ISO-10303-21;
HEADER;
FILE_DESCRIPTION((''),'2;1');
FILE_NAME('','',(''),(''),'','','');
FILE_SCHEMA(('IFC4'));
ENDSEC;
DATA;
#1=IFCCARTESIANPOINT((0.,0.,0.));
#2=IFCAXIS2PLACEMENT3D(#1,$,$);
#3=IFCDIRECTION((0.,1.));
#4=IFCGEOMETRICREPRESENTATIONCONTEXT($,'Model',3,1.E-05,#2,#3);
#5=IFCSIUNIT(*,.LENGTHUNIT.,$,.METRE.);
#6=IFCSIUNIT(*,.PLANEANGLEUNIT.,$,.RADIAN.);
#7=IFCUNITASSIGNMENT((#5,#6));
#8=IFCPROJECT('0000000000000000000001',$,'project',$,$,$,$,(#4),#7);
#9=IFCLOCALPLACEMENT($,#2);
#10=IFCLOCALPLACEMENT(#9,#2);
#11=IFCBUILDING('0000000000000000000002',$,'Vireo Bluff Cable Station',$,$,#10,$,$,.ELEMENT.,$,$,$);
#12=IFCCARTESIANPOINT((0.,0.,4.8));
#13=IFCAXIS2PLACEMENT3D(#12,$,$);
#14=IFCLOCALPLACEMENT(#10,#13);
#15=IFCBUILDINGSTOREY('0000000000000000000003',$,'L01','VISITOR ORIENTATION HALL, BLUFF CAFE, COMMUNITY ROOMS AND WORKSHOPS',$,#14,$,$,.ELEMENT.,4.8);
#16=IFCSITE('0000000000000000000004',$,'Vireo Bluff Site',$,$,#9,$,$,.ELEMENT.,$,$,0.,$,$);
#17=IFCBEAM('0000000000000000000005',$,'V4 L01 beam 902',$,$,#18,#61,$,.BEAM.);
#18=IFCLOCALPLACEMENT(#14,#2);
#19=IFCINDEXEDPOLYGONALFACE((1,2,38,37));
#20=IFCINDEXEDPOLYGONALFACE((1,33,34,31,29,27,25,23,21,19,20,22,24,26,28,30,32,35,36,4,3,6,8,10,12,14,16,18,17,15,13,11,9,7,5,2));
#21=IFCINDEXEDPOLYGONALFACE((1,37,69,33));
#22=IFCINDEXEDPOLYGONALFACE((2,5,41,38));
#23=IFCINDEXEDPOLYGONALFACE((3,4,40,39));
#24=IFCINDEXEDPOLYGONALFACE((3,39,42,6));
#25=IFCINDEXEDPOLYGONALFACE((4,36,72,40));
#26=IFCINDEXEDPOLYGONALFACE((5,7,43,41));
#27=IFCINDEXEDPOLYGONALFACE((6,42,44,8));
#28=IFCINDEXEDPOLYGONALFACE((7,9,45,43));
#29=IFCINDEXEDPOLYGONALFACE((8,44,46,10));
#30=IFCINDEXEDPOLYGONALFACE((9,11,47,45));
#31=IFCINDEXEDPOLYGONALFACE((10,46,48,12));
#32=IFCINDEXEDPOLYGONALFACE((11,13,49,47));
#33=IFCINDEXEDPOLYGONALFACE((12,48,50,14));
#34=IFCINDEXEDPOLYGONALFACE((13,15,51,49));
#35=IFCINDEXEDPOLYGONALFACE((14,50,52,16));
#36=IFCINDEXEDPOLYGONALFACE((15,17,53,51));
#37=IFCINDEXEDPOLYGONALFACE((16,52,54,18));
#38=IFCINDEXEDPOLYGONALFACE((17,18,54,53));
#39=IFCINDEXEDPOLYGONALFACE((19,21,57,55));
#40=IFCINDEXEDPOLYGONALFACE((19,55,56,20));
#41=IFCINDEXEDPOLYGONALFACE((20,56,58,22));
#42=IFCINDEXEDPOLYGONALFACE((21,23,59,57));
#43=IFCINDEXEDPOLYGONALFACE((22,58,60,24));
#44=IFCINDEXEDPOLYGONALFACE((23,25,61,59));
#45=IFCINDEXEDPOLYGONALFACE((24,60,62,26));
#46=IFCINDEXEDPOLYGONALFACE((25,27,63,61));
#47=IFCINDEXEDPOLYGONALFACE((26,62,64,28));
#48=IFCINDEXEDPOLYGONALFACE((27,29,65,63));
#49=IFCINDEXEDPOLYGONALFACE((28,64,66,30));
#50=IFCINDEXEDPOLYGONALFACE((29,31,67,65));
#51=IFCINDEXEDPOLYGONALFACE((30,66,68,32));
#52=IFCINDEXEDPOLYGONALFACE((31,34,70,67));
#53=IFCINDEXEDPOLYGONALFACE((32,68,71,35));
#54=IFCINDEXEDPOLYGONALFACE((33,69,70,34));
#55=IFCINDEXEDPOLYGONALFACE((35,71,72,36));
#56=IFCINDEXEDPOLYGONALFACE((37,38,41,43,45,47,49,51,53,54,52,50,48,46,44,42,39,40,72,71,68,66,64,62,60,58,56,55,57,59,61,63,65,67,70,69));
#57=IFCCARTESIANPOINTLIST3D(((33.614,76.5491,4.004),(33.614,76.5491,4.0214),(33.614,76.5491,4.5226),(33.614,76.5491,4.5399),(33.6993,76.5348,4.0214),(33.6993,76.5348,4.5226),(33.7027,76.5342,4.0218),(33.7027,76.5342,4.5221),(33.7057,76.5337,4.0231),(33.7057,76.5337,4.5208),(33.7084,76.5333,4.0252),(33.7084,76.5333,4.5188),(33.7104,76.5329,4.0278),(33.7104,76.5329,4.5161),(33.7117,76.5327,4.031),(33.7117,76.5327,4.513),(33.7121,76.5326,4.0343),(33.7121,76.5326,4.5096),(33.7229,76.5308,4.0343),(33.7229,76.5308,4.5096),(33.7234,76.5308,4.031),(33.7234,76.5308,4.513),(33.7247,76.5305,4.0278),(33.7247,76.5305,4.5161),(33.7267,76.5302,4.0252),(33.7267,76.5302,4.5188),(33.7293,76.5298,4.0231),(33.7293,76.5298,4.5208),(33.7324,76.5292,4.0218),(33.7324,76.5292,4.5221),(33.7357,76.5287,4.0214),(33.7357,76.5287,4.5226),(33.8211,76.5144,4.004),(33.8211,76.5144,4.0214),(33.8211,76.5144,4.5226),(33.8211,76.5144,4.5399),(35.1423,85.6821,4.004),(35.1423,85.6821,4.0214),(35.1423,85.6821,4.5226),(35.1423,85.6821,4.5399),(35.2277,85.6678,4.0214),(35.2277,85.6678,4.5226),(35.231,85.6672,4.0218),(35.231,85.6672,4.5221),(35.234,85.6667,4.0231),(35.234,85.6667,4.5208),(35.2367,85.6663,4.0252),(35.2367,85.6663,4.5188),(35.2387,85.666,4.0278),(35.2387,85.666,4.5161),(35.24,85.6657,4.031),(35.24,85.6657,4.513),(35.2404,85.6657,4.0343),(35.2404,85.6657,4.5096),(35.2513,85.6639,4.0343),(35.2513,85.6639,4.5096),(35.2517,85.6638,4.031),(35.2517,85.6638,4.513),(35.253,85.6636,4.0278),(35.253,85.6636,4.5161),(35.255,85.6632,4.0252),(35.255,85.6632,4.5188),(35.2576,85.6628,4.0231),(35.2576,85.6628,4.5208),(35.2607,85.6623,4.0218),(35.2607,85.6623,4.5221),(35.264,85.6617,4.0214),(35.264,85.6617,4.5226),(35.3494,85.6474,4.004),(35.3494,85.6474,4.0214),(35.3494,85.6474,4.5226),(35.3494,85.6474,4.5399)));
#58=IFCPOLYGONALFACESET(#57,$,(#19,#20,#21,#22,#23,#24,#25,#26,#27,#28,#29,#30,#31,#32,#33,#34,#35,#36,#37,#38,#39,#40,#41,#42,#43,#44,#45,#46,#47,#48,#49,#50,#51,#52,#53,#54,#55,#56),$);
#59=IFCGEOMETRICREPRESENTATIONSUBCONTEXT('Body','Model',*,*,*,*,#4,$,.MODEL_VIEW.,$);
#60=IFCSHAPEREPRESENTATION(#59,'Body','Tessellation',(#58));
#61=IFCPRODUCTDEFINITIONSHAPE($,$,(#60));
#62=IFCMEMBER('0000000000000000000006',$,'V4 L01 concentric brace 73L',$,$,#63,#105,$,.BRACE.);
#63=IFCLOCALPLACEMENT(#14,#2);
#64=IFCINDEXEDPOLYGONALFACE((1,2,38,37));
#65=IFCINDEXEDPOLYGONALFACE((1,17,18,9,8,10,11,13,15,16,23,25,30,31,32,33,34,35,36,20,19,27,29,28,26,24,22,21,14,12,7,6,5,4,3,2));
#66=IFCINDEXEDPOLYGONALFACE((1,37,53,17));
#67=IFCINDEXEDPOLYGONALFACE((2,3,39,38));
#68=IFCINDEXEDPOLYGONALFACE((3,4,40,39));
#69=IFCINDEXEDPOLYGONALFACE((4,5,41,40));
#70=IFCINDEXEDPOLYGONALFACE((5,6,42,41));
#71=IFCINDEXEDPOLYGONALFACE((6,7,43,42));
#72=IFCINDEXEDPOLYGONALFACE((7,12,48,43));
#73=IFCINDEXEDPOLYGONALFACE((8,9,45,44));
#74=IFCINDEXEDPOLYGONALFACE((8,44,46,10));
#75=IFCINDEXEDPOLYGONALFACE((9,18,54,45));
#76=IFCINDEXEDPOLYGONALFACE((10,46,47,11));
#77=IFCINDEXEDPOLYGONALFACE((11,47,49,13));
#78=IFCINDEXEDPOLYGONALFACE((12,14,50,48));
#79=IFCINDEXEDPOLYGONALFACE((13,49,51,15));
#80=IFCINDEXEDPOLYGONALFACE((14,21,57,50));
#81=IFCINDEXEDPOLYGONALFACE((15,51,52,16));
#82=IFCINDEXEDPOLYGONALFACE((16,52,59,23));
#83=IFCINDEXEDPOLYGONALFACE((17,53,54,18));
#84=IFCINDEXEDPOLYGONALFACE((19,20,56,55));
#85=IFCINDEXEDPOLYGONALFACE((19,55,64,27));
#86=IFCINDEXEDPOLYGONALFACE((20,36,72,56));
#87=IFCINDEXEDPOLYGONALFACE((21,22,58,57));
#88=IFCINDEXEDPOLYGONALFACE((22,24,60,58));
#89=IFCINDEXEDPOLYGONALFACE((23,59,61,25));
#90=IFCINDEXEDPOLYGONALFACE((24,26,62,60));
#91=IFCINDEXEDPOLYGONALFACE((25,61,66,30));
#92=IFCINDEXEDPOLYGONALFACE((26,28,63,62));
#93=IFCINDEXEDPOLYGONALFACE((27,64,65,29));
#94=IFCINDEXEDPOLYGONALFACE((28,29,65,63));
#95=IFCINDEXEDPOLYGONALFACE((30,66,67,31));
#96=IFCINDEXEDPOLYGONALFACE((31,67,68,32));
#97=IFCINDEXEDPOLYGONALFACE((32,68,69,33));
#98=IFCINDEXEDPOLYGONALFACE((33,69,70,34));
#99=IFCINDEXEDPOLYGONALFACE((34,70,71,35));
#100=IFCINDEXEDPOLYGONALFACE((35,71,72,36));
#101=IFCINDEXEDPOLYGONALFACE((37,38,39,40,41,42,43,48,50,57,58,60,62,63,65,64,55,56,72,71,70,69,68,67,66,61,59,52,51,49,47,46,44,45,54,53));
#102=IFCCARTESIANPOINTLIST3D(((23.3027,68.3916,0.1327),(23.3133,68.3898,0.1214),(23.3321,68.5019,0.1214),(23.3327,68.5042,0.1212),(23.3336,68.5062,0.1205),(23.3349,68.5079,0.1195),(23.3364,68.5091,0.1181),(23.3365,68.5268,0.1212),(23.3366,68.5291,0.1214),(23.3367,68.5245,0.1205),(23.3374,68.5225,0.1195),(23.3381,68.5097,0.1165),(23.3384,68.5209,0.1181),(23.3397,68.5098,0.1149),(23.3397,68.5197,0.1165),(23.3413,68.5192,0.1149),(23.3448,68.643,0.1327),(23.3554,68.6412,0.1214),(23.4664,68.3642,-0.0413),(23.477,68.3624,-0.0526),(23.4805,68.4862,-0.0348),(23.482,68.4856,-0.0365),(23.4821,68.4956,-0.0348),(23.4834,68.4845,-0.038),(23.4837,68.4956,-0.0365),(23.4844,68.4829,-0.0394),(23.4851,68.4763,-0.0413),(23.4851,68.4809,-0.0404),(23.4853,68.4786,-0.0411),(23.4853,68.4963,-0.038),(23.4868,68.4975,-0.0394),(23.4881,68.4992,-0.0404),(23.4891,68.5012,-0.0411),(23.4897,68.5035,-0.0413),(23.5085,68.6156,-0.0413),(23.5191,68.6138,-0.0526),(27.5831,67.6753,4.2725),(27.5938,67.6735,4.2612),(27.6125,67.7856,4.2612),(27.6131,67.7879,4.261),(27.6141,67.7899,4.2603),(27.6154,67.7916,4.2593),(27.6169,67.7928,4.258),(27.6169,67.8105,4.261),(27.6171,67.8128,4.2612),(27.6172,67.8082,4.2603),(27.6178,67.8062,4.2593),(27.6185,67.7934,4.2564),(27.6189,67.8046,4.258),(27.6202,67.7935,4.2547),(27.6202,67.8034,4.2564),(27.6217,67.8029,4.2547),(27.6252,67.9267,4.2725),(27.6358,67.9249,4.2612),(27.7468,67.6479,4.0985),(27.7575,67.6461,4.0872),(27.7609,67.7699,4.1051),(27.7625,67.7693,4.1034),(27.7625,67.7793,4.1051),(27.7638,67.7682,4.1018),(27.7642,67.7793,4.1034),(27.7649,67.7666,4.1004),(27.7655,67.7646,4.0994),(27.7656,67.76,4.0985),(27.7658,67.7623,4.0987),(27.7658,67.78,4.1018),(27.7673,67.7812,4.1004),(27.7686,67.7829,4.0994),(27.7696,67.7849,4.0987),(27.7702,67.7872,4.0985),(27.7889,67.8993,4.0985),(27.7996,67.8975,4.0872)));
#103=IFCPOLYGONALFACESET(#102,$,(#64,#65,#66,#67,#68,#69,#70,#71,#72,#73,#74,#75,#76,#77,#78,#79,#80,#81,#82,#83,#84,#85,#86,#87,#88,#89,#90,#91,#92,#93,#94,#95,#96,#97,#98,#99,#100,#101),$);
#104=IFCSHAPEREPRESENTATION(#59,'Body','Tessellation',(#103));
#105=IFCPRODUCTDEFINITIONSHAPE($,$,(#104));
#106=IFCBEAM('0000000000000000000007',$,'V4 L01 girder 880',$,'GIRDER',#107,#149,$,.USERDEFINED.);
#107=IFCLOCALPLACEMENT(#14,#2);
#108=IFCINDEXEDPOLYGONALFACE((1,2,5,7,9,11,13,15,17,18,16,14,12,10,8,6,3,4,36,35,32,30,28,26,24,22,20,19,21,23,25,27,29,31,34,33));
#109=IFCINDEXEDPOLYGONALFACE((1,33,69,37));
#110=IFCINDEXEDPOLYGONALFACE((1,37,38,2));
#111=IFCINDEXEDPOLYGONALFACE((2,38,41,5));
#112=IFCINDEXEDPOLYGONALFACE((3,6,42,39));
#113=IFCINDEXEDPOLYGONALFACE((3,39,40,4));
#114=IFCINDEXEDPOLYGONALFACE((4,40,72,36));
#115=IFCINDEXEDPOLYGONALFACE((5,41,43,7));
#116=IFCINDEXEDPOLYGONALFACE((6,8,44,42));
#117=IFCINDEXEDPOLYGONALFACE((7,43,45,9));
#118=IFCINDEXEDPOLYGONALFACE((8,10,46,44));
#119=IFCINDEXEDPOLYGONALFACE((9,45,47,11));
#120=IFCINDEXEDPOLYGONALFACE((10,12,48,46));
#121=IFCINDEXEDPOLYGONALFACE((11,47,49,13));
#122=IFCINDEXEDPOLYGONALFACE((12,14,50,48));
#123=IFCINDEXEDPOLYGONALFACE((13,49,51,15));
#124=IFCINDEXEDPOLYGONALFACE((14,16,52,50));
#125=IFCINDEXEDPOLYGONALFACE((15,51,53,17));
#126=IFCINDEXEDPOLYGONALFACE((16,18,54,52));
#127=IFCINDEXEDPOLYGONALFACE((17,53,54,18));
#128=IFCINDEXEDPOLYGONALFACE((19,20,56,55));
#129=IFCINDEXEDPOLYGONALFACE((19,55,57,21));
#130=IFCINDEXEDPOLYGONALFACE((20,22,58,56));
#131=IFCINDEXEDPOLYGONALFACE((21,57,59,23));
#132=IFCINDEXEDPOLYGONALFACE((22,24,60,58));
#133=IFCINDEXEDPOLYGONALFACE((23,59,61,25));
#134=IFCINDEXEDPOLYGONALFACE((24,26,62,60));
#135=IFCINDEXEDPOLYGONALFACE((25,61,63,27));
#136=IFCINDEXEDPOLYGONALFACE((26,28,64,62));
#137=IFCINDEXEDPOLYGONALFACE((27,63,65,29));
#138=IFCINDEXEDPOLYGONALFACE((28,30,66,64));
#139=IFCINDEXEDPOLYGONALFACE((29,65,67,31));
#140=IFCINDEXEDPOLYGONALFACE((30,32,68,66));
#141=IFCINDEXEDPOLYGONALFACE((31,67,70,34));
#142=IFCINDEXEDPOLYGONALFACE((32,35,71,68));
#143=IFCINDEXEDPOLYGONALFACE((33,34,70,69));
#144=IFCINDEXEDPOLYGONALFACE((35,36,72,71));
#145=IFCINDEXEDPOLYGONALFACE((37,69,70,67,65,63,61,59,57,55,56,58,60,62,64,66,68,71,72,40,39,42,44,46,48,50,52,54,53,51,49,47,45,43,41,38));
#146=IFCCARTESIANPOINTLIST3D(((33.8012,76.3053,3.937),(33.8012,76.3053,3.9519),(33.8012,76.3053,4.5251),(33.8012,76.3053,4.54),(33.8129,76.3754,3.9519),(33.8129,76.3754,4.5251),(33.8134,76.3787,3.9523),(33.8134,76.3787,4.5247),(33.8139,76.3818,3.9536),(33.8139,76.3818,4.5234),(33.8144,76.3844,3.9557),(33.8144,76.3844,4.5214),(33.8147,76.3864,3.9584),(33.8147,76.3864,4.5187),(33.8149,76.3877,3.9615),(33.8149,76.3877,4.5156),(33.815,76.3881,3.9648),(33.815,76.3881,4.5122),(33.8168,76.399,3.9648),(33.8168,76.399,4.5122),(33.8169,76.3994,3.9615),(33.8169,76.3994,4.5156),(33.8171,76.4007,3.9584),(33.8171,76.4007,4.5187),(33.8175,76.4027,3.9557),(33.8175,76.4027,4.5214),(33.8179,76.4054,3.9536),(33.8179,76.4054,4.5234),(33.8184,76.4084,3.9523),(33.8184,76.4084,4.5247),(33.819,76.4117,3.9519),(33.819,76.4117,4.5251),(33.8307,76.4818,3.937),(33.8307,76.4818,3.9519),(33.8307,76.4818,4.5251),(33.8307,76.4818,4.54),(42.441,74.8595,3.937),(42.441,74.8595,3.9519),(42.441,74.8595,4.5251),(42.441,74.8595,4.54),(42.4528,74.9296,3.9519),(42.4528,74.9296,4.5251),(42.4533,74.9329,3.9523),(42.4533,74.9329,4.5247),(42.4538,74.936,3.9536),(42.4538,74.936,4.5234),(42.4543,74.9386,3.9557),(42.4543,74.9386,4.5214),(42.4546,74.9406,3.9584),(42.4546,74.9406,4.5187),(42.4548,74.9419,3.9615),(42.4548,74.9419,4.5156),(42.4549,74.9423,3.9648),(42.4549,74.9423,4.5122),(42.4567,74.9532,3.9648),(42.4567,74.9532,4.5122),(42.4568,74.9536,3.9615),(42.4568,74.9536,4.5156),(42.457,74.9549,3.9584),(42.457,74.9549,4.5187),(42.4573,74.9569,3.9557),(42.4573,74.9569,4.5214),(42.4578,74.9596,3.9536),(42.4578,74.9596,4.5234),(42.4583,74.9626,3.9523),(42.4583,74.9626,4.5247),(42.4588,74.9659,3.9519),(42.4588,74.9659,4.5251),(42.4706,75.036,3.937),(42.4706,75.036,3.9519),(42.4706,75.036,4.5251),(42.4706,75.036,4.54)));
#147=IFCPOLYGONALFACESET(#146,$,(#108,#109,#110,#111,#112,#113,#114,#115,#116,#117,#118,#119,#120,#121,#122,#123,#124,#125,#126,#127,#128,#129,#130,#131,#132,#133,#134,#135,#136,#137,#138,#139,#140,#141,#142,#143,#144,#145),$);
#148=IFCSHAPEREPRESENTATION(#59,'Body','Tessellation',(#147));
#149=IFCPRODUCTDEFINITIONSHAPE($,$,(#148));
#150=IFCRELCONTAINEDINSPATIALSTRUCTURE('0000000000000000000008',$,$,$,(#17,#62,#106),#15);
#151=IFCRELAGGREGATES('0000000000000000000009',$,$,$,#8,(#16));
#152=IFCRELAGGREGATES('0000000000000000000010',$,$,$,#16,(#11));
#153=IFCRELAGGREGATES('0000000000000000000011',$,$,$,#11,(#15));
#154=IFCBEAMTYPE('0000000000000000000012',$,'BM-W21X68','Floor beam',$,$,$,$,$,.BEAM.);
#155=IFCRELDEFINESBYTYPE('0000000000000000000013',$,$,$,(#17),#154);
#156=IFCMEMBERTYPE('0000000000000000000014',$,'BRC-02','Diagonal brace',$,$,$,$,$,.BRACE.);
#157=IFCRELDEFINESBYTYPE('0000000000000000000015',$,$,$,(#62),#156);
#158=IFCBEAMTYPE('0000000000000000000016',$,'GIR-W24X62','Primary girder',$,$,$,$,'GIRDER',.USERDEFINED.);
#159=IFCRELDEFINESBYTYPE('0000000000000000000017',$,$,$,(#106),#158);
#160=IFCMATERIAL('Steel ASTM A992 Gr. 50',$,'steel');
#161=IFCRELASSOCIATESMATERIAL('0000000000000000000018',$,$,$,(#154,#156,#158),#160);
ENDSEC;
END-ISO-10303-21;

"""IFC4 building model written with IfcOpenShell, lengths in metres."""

from ifc_helpers import new_model, si_unit, direction, frame, origin, origin_2d, place, context, subcontext, project, spatial, i_section, extrude, material, material_profile, profile_set, type_object, element, save


model = new_model("IFC4")

# Units and contexts
model_context = context("Model", 3, precision=1e-05, world=origin(), true_north=direction((0.0, 1.0)))
body_context = subcontext(model_context, "Body", "Model", "MODEL_VIEW")
ifc_project = project(units=[si_unit("LENGTHUNIT", "METRE"), si_unit("PLANEANGLEUNIT", "RADIAN")], contexts=[model_context])

# Site, building, storey
site_placement = place(None, origin())
site = spatial("IfcSite", under=ifc_project, at=site_placement, Name="Vireo Bluff Site", CompositionType="ELEMENT", RefElevation=0.0)
building_placement = place(site_placement, origin())
building = spatial("IfcBuilding", under=site, at=building_placement, Name="Vireo Bluff Cable Station", CompositionType="ELEMENT")
storey_placement = place(building_placement, frame((0.0, 0.0, 4.8)))
storey = spatial("IfcBuildingStorey", under=building, at=storey_placement, Name="L01", Description="VISITOR ORIENTATION HALL, BLUFF CAFE, COMMUNITY ROOMS AND WORKSHOPS", CompositionType="ELEMENT", Elevation=4.8)

# Shared definitions
ifc_material_1 = material(Name="Steel ASTM A992 Gr. 50", Category="steel")

# Beam
ifc_material_profile_1 = material_profile(ifc_material_1, i_section(OverallWidth=0.21, OverallDepth=0.5359, WebThickness=0.011, FlangeThickness=0.0173, FilletRadius=0.0129, at=origin_2d()), Name="W21X68")
ifc_profile_set_1 = profile_set([ifc_material_profile_1], Name="Steel ASTM A992 Gr. 50")
beam_type_1 = type_object("IfcBeamType", Name="BM-W21X68", Description="Floor beam", PredefinedType="BEAM", material=ifc_profile_set_1)
beam_1_placement = place(storey_placement, frame((33.7175, 76.5317, 4.272), z_axis=(0.165045, 0.986286, 0.0), x_axis=(-0.986286, 0.165045, 0.0)))
element("IfcBeam", 1, at=beam_1_placement, inside=storey, type_object=beam_type_1, Name="V4 L01 beam 902", PredefinedType="BEAM", context=body_context, shape_type="SweptSolid", body=[
    extrude(i_section(OverallWidth=0.21, OverallDepth=0.5359, WebThickness=0.011, FlangeThickness=0.0173, FilletRadius=0.0129, at=origin_2d()), origin(), (0.0, 0.0, 1.0), 9.26),
])

# Member
ifc_material_profile_2 = material_profile(ifc_material_1, i_section(OverallWidth=0.2549, OverallDepth=0.2561, WebThickness=0.0095, FlangeThickness=0.0156, FilletRadius=0.009, at=origin_2d()), Name="W10X54")
ifc_profile_set_2 = profile_set([ifc_material_profile_2], Name="Steel ASTM A992 Gr. 50")
member_type_1 = type_object("IfcMemberType", Name="BRC-02", Description="Diagonal brace", PredefinedType="BRACE", material=ifc_profile_set_2)
member_1_placement = place(storey_placement, frame((23.4109, 68.5027, 0.04), z_axis=(0.713671, -0.119427, 0.690225), x_axis=(0.165047, 0.986286, 0.0)))
element("IfcMember", 2, at=member_1_placement, inside=storey, type_object=member_type_1, Name="V4 L01 concentric brace 73L", PredefinedType="BRACE", context=body_context, shape_type="SweptSolid", body=[
    extrude(i_section(OverallWidth=0.2549, OverallDepth=0.2561, WebThickness=0.0095, FlangeThickness=0.0156, FilletRadius=0.009, at=origin_2d()), origin(), (0.0, 0.0, 1.0), 5.9978),
])

# Beam
ifc_material_profile_3 = material_profile(ifc_material_1, i_section(OverallWidth=0.179, OverallDepth=0.603, WebThickness=0.011, FlangeThickness=0.0149, FilletRadius=0.0129, at=origin_2d()), Name="W24X62")
ifc_profile_set_3 = profile_set([ifc_material_profile_3], Name="Steel ASTM A992 Gr. 50")
beam_type_2 = type_object("IfcBeamType", Name="GIR-W24X62", Description="Primary girder", ElementType="GIRDER", PredefinedType="USERDEFINED", material=ifc_profile_set_3)
beam_2_placement = place(storey_placement, frame((33.8159, 76.3936, 4.2385), z_axis=(0.986286, -0.165045, 0.0), x_axis=(0.165045, 0.986286, 0.0)))
element("IfcBeam", 3, at=beam_2_placement, inside=storey, type_object=beam_type_2, Name="V4 L01 girder 880", ObjectType="GIRDER", PredefinedType="USERDEFINED", context=body_context, shape_type="SweptSolid", body=[
    extrude(i_section(OverallWidth=0.179, OverallDepth=0.603, WebThickness=0.011, FlangeThickness=0.0149, FilletRadius=0.0129, at=origin_2d()), origin(), (0.0, 0.0, 1.0), 8.76),
])

save(model, "model.ifc")
